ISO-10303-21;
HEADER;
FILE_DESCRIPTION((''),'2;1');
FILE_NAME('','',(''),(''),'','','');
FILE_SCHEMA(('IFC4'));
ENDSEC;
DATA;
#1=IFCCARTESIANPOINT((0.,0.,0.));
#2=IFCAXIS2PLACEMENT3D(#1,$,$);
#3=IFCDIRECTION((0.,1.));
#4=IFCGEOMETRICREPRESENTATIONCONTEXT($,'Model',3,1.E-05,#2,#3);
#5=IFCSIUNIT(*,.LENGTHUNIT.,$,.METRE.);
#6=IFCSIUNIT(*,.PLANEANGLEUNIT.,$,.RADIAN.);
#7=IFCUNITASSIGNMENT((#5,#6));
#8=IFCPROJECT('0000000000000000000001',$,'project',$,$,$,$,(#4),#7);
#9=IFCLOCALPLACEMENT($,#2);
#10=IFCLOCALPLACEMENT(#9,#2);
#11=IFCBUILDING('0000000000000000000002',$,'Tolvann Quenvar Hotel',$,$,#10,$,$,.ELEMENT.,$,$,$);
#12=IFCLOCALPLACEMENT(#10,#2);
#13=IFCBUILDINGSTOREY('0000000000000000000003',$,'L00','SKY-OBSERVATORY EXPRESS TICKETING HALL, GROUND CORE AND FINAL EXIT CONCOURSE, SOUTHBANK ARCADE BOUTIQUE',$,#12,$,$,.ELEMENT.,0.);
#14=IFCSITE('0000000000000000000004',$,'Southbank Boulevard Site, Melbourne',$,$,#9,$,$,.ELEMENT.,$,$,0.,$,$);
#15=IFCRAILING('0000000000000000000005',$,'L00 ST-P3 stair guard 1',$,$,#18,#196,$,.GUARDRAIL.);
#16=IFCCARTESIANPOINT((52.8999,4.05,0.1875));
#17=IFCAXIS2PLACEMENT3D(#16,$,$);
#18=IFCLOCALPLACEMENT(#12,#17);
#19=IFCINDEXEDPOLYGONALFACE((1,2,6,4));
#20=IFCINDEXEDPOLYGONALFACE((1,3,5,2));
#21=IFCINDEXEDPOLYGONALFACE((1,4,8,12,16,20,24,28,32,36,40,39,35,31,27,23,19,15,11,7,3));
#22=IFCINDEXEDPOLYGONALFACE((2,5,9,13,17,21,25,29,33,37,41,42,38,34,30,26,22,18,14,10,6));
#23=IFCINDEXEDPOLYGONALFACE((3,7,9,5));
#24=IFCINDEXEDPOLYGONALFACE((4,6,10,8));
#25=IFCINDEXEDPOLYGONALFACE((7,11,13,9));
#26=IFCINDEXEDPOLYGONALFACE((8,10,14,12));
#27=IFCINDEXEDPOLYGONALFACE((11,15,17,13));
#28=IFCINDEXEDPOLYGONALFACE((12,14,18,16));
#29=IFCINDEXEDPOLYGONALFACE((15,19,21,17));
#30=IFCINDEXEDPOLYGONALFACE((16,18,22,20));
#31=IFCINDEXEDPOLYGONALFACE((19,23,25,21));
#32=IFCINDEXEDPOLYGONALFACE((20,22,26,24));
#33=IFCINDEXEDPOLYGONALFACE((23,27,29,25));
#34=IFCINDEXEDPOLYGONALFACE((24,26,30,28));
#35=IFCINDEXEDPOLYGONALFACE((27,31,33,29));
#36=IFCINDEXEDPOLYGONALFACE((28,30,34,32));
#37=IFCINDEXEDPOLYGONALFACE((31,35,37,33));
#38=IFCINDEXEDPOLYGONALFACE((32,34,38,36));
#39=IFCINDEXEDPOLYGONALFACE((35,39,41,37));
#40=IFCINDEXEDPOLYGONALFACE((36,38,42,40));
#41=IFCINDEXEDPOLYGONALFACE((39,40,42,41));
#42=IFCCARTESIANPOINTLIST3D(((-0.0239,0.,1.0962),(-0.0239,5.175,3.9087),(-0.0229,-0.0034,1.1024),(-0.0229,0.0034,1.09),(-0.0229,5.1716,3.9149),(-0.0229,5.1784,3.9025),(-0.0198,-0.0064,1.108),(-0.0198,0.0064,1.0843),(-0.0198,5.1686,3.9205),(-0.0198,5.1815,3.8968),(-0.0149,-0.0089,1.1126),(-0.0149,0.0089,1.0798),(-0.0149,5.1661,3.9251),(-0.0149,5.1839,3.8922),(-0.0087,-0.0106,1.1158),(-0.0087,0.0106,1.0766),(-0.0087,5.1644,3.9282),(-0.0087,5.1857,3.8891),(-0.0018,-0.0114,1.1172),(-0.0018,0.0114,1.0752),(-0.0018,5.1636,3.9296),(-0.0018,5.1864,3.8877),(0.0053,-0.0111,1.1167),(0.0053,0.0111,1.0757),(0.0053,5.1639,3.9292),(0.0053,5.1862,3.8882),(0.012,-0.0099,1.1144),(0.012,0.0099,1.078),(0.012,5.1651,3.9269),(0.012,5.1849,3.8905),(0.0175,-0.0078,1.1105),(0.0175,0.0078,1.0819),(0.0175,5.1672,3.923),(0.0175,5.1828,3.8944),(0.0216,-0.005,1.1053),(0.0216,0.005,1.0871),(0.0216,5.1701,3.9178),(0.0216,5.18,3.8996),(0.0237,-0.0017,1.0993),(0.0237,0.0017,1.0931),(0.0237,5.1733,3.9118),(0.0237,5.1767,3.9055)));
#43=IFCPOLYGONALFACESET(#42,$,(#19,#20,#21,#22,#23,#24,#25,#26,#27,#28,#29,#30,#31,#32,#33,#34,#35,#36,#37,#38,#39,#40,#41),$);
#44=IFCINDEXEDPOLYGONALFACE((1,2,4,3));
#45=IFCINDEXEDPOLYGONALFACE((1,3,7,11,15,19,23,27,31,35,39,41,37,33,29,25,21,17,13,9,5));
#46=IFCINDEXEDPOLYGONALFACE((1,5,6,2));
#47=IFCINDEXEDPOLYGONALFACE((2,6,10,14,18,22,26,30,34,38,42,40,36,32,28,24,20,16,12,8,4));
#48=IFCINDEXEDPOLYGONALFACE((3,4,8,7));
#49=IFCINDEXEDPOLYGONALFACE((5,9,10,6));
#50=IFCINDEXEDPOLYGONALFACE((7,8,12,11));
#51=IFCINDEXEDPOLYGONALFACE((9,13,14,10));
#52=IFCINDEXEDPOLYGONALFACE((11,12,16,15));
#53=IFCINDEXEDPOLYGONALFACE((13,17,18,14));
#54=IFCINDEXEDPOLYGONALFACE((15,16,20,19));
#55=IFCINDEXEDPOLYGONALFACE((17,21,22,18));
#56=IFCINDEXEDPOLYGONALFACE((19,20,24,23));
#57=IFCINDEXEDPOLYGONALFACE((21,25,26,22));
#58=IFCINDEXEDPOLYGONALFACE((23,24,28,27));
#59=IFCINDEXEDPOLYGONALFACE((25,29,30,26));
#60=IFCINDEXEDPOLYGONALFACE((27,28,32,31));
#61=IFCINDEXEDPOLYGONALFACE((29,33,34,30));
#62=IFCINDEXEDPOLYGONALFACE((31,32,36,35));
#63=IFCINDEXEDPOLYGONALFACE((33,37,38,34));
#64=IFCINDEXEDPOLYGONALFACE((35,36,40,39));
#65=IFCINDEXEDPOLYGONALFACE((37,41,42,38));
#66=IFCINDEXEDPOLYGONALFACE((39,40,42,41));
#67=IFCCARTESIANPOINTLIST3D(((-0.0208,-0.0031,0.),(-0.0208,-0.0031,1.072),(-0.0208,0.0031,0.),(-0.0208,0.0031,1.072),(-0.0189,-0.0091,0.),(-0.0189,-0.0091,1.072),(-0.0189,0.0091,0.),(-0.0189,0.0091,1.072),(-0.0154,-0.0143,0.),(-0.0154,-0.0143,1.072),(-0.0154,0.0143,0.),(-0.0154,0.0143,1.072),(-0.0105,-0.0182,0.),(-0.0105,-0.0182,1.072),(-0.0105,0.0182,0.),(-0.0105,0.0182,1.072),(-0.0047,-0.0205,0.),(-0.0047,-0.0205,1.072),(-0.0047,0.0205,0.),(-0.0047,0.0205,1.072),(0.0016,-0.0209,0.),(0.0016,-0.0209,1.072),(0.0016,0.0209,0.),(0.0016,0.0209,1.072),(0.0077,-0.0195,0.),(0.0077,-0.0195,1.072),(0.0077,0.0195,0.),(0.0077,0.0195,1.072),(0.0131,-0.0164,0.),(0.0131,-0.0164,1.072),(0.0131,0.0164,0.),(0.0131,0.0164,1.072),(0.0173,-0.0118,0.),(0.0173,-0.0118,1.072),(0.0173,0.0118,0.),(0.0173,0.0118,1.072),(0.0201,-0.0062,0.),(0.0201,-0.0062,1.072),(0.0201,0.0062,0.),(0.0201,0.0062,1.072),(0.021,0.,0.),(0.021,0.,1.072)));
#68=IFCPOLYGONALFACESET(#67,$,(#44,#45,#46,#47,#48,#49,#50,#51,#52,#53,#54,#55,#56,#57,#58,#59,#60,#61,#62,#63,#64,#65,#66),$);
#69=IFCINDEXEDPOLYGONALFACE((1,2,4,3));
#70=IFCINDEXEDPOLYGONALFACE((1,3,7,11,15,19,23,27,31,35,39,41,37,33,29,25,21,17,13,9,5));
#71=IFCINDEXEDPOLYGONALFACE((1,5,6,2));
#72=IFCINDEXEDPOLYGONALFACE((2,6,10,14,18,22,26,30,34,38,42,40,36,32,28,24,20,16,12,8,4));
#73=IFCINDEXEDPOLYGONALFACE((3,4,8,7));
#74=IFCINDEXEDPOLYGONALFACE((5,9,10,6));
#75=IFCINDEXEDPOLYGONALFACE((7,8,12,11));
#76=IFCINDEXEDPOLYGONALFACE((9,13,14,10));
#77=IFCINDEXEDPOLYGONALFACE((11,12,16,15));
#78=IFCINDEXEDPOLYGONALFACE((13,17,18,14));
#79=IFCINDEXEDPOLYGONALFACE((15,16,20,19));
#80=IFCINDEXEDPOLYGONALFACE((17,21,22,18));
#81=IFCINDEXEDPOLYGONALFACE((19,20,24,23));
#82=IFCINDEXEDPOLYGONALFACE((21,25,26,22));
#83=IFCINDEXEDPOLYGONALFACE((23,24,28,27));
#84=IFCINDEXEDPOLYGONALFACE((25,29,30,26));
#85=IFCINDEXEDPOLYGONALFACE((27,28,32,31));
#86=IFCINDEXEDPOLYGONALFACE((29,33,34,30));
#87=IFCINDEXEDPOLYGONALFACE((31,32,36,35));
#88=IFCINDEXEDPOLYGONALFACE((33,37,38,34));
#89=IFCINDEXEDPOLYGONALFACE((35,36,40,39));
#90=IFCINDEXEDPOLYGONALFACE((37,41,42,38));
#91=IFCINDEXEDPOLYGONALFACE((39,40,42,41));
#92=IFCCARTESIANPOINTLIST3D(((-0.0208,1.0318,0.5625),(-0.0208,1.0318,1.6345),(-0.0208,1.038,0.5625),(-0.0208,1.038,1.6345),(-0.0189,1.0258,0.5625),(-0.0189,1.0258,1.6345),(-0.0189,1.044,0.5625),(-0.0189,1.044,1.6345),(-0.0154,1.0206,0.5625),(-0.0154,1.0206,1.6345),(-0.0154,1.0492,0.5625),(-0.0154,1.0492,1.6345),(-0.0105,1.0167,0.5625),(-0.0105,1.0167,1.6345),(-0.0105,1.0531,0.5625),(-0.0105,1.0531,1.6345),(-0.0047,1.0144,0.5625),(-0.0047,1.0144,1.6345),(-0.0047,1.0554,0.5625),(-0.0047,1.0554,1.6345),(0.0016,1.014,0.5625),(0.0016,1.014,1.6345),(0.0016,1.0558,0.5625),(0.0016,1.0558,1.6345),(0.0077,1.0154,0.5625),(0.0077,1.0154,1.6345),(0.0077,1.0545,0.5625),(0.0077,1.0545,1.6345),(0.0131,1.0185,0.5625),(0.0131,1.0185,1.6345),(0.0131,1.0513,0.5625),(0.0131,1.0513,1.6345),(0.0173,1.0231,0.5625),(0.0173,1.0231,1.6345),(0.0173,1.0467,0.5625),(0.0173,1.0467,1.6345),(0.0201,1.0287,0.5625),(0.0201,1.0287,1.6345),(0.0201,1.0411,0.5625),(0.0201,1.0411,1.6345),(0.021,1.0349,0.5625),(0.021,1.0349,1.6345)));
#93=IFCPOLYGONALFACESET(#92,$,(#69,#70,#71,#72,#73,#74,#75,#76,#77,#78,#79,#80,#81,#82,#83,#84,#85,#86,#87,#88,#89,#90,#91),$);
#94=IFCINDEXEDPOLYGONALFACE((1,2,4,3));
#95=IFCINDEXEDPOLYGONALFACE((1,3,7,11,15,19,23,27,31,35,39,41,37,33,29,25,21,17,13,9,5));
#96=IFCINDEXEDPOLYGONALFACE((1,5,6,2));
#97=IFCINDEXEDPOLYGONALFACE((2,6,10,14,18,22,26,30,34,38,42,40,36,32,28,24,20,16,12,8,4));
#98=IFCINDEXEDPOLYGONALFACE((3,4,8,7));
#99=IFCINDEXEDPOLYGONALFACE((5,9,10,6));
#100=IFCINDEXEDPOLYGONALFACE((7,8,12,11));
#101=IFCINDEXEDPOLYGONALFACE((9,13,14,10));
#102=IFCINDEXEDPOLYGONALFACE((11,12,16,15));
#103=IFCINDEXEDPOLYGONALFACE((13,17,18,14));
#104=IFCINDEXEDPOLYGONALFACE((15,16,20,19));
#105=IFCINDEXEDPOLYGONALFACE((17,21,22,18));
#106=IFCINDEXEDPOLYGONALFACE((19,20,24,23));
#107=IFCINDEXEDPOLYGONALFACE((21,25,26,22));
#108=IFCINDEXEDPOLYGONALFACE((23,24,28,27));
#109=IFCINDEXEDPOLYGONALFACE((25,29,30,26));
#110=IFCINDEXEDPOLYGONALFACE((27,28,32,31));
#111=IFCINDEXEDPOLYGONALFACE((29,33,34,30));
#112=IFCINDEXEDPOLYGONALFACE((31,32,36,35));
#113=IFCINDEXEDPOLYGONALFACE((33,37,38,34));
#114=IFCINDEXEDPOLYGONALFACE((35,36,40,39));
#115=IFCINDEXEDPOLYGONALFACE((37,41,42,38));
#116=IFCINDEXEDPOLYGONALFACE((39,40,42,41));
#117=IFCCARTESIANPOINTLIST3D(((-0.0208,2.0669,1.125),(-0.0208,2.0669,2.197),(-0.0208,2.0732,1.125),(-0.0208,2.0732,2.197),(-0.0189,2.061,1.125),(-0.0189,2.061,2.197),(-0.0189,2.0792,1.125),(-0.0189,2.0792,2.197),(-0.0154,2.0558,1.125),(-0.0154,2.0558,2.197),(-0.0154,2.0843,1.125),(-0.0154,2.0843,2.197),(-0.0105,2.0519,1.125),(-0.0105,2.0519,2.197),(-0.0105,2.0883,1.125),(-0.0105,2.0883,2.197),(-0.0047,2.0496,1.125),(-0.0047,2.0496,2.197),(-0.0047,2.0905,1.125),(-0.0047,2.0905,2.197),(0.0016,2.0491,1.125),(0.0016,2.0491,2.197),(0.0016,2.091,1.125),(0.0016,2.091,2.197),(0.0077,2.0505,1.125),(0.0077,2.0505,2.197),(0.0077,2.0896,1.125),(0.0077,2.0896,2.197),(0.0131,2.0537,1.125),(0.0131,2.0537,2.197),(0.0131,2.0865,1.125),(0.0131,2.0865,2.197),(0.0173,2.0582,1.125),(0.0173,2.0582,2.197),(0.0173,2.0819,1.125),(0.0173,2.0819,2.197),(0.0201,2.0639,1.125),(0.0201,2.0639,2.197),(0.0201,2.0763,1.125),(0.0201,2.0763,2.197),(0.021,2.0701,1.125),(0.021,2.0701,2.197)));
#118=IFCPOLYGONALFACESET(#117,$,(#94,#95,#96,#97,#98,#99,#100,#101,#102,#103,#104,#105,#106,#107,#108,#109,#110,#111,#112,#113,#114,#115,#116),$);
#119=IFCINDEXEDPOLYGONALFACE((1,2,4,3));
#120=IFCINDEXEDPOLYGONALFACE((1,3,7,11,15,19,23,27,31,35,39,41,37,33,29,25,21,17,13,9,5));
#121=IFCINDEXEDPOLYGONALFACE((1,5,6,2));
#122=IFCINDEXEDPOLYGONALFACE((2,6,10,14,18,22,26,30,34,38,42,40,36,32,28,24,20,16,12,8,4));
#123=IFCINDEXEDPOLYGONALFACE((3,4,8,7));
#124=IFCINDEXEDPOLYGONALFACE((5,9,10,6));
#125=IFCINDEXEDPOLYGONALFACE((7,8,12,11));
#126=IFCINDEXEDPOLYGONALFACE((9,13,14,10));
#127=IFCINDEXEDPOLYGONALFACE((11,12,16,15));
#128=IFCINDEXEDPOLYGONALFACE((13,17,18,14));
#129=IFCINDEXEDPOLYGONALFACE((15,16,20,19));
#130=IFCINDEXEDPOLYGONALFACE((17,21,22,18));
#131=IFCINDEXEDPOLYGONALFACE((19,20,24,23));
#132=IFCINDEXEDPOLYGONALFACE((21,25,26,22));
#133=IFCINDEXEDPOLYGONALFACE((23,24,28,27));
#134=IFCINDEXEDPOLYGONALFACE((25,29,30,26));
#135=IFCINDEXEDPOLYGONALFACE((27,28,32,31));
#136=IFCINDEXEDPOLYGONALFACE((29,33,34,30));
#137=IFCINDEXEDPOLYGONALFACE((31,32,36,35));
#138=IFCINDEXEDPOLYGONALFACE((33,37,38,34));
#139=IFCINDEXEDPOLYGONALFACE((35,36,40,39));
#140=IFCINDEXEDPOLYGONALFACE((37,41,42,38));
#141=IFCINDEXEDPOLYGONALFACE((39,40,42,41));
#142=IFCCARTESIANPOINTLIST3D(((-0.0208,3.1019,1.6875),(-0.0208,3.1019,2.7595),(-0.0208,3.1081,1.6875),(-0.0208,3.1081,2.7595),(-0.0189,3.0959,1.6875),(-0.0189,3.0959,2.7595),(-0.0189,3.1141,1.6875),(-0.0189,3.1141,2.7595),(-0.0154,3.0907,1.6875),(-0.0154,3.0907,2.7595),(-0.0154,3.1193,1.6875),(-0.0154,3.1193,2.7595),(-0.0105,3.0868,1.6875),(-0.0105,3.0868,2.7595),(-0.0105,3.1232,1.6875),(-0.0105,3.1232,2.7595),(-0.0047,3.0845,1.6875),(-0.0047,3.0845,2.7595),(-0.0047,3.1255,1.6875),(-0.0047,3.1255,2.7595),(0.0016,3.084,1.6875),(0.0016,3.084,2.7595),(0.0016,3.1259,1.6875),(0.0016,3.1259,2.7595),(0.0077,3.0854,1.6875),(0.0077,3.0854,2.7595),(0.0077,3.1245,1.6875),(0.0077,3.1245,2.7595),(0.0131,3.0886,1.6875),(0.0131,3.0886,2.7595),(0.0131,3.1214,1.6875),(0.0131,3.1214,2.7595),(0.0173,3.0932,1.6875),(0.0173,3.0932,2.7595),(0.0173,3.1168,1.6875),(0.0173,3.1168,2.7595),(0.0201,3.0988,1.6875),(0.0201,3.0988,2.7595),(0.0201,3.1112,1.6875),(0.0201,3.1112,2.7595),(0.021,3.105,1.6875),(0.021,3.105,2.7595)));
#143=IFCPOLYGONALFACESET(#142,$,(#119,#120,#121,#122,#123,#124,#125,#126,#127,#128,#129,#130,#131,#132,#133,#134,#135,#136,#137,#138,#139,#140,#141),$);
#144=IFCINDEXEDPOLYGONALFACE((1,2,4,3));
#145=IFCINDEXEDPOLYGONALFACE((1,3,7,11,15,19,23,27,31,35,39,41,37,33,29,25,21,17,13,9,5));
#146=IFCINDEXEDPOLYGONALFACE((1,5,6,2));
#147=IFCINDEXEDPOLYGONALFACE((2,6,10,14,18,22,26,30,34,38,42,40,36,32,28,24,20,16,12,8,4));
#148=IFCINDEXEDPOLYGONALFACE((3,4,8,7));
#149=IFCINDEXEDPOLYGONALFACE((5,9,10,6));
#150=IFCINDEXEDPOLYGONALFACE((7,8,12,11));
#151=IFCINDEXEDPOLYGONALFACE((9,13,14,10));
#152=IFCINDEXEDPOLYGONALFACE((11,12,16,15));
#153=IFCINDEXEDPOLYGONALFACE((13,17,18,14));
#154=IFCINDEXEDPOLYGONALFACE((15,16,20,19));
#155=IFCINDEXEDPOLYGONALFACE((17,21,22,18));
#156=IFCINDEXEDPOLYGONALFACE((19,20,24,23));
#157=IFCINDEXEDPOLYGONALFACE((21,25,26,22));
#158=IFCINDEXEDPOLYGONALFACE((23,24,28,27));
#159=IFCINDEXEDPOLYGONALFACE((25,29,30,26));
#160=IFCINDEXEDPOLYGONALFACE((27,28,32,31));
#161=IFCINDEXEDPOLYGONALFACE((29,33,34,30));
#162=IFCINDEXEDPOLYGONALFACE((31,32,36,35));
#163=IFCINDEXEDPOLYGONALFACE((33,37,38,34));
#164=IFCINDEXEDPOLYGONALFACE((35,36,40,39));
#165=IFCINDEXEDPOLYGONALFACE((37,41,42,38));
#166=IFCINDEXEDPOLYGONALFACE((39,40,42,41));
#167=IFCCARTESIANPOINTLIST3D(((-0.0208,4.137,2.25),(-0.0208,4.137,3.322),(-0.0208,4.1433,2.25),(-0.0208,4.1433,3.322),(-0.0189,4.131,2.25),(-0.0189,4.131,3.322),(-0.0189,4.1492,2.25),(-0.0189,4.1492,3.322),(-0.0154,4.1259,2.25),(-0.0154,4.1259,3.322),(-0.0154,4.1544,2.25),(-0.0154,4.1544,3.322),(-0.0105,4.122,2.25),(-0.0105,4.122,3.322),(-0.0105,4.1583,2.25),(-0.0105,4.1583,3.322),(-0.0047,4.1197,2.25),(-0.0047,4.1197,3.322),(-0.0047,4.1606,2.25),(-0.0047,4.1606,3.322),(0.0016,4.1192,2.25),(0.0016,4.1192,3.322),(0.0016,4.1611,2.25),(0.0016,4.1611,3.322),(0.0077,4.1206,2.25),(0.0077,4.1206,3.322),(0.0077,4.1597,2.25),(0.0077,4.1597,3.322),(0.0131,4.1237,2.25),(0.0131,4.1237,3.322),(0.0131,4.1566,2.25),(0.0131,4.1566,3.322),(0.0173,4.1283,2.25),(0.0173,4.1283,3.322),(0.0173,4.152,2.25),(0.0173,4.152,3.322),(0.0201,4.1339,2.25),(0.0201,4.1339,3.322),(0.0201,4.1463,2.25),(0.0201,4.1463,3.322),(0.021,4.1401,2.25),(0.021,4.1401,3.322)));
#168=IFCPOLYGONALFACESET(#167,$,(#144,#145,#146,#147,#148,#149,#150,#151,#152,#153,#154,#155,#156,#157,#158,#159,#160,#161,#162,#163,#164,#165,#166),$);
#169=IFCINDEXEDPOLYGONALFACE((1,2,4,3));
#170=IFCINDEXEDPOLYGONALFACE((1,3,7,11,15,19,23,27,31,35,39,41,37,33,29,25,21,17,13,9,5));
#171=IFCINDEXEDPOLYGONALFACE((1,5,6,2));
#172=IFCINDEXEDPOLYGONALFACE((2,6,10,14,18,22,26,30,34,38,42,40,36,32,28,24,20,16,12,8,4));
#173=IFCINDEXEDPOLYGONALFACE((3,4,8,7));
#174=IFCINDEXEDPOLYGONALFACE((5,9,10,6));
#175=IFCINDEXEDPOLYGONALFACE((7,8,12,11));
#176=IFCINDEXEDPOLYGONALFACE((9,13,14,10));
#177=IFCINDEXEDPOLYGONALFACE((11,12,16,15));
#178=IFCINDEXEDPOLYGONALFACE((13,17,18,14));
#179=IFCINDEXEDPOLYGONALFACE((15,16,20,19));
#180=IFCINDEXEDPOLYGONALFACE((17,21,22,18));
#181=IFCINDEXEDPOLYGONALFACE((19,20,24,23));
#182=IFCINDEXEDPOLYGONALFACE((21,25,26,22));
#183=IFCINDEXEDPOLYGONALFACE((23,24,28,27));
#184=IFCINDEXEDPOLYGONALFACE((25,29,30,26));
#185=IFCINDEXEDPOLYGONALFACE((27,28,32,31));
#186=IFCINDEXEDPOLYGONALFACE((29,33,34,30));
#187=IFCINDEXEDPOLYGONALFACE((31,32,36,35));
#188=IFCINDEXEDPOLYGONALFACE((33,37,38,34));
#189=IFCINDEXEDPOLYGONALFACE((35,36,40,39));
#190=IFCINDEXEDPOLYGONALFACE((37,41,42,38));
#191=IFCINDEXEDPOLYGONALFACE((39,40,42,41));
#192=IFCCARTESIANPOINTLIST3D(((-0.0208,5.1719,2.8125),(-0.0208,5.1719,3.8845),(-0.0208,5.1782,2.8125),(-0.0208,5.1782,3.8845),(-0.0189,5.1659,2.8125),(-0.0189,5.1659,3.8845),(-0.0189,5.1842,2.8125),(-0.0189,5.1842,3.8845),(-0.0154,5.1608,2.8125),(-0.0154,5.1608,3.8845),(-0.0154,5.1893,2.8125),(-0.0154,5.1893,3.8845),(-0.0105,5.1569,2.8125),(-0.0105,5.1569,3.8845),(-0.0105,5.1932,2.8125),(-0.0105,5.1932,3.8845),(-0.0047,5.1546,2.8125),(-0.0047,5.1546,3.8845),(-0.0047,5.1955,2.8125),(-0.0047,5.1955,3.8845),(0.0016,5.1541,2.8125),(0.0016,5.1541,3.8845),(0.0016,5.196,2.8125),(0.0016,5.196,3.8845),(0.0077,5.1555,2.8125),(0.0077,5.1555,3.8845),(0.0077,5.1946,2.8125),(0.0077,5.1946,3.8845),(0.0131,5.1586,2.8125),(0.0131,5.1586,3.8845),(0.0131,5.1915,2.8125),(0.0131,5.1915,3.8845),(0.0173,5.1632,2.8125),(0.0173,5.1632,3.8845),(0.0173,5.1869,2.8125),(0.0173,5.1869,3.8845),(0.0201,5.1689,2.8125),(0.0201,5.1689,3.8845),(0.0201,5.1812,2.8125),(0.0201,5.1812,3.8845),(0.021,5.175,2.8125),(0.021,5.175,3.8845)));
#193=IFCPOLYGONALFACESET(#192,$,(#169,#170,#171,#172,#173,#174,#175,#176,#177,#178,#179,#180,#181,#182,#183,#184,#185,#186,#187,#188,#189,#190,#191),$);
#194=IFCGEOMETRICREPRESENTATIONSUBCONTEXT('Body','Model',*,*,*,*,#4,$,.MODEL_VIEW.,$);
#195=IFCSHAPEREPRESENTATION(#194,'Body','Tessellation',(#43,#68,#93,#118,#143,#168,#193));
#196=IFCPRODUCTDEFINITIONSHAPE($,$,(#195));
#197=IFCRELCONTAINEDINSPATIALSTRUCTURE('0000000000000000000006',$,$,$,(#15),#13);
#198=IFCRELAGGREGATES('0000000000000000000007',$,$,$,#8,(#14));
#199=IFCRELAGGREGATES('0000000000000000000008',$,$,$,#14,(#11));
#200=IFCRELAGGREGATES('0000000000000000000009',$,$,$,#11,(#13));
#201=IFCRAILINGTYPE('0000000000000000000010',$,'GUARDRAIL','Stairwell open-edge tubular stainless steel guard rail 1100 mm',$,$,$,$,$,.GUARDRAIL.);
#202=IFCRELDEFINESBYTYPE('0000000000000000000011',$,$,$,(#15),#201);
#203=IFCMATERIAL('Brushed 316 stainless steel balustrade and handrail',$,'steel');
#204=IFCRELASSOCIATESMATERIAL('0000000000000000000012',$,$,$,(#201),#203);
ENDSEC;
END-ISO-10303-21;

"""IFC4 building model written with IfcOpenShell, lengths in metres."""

from ifc_helpers import new_model, si_unit, direction, frame, origin, origin_2d, place, context, subcontext, project, spatial, circle, extrude, material, type_object, element, save


model = new_model("IFC4")

# Units and contexts
model_context = context("Model", 3, precision=1e-05, world=origin(), true_north=direction((0.0, 1.0)))
body_context = subcontext(model_context, "Body", "Model", "MODEL_VIEW")
ifc_project = project(units=[si_unit("LENGTHUNIT", "METRE"), si_unit("PLANEANGLEUNIT", "RADIAN")], contexts=[model_context])

# Site, building, storey
site_placement = place(None, origin())
site = spatial("IfcSite", under=ifc_project, at=site_placement, Name="Southbank Boulevard Site, Melbourne", CompositionType="ELEMENT", RefElevation=0.0)
building_placement = place(site_placement, origin())
building = spatial("IfcBuilding", under=site, at=building_placement, Name="Tolvann Quenvar Hotel", CompositionType="ELEMENT")
storey_placement = place(building_placement, origin())
storey = spatial("IfcBuildingStorey", under=building, at=storey_placement, Name="L00", Description="SKY-OBSERVATORY EXPRESS TICKETING HALL, GROUND CORE AND FINAL EXIT CONCOURSE, SOUTHBANK ARCADE BOUTIQUE", CompositionType="ELEMENT", Elevation=0.0)

# Railing
ifc_material_1 = material(Name="Brushed 316 stainless steel balustrade and handrail", Category="steel")
railing_type = type_object("IfcRailingType", Name="GUARDRAIL", Description="Stairwell open-edge tubular stainless steel guard rail 1100 mm", PredefinedType="GUARDRAIL", material=ifc_material_1)
railing_1_placement = place(storey_placement, frame((52.8999, 4.05, 0.1875)))
element("IfcRailing", 1, at=railing_1_placement, inside=storey, type_object=railing_type, Name="L00 ST-P3 stair guard 1", PredefinedType="GUARDRAIL", context=body_context, shape_type="SweptSolid", body=[
    extrude(circle(Radius=0.0239, at=origin_2d()), frame((0.0, 0.0, 1.0962), z_axis=(0.0, 0.878626, 0.47751), x_axis=(-1.0, 0.0, 0.0)), (0.0, 0.0, 1.0), 5.8899),
    extrude(circle(Radius=0.021, at=origin_2d()), origin(), (0.0, 0.0, 1.0), 1.072),
    extrude(circle(Radius=0.021, at=origin_2d()), frame((0.0, 1.0349, 0.5625)), (0.0, 0.0, 1.0), 1.072),
    extrude(circle(Radius=0.021, at=origin_2d()), frame((0.0, 2.0701, 1.125)), (0.0, 0.0, 1.0), 1.072),
    extrude(circle(Radius=0.021, at=origin_2d()), frame((0.0, 3.105, 1.6875)), (0.0, 0.0, 1.0), 1.072),
    extrude(circle(Radius=0.021, at=origin_2d()), frame((0.0, 4.1401, 2.25)), (0.0, 0.0, 1.0), 1.072),
    extrude(circle(Radius=0.021, at=origin_2d()), frame((0.0, 5.175, 2.8125)), (0.0, 0.0, 1.0), 1.072),
])

save(model, "model.ifc")
